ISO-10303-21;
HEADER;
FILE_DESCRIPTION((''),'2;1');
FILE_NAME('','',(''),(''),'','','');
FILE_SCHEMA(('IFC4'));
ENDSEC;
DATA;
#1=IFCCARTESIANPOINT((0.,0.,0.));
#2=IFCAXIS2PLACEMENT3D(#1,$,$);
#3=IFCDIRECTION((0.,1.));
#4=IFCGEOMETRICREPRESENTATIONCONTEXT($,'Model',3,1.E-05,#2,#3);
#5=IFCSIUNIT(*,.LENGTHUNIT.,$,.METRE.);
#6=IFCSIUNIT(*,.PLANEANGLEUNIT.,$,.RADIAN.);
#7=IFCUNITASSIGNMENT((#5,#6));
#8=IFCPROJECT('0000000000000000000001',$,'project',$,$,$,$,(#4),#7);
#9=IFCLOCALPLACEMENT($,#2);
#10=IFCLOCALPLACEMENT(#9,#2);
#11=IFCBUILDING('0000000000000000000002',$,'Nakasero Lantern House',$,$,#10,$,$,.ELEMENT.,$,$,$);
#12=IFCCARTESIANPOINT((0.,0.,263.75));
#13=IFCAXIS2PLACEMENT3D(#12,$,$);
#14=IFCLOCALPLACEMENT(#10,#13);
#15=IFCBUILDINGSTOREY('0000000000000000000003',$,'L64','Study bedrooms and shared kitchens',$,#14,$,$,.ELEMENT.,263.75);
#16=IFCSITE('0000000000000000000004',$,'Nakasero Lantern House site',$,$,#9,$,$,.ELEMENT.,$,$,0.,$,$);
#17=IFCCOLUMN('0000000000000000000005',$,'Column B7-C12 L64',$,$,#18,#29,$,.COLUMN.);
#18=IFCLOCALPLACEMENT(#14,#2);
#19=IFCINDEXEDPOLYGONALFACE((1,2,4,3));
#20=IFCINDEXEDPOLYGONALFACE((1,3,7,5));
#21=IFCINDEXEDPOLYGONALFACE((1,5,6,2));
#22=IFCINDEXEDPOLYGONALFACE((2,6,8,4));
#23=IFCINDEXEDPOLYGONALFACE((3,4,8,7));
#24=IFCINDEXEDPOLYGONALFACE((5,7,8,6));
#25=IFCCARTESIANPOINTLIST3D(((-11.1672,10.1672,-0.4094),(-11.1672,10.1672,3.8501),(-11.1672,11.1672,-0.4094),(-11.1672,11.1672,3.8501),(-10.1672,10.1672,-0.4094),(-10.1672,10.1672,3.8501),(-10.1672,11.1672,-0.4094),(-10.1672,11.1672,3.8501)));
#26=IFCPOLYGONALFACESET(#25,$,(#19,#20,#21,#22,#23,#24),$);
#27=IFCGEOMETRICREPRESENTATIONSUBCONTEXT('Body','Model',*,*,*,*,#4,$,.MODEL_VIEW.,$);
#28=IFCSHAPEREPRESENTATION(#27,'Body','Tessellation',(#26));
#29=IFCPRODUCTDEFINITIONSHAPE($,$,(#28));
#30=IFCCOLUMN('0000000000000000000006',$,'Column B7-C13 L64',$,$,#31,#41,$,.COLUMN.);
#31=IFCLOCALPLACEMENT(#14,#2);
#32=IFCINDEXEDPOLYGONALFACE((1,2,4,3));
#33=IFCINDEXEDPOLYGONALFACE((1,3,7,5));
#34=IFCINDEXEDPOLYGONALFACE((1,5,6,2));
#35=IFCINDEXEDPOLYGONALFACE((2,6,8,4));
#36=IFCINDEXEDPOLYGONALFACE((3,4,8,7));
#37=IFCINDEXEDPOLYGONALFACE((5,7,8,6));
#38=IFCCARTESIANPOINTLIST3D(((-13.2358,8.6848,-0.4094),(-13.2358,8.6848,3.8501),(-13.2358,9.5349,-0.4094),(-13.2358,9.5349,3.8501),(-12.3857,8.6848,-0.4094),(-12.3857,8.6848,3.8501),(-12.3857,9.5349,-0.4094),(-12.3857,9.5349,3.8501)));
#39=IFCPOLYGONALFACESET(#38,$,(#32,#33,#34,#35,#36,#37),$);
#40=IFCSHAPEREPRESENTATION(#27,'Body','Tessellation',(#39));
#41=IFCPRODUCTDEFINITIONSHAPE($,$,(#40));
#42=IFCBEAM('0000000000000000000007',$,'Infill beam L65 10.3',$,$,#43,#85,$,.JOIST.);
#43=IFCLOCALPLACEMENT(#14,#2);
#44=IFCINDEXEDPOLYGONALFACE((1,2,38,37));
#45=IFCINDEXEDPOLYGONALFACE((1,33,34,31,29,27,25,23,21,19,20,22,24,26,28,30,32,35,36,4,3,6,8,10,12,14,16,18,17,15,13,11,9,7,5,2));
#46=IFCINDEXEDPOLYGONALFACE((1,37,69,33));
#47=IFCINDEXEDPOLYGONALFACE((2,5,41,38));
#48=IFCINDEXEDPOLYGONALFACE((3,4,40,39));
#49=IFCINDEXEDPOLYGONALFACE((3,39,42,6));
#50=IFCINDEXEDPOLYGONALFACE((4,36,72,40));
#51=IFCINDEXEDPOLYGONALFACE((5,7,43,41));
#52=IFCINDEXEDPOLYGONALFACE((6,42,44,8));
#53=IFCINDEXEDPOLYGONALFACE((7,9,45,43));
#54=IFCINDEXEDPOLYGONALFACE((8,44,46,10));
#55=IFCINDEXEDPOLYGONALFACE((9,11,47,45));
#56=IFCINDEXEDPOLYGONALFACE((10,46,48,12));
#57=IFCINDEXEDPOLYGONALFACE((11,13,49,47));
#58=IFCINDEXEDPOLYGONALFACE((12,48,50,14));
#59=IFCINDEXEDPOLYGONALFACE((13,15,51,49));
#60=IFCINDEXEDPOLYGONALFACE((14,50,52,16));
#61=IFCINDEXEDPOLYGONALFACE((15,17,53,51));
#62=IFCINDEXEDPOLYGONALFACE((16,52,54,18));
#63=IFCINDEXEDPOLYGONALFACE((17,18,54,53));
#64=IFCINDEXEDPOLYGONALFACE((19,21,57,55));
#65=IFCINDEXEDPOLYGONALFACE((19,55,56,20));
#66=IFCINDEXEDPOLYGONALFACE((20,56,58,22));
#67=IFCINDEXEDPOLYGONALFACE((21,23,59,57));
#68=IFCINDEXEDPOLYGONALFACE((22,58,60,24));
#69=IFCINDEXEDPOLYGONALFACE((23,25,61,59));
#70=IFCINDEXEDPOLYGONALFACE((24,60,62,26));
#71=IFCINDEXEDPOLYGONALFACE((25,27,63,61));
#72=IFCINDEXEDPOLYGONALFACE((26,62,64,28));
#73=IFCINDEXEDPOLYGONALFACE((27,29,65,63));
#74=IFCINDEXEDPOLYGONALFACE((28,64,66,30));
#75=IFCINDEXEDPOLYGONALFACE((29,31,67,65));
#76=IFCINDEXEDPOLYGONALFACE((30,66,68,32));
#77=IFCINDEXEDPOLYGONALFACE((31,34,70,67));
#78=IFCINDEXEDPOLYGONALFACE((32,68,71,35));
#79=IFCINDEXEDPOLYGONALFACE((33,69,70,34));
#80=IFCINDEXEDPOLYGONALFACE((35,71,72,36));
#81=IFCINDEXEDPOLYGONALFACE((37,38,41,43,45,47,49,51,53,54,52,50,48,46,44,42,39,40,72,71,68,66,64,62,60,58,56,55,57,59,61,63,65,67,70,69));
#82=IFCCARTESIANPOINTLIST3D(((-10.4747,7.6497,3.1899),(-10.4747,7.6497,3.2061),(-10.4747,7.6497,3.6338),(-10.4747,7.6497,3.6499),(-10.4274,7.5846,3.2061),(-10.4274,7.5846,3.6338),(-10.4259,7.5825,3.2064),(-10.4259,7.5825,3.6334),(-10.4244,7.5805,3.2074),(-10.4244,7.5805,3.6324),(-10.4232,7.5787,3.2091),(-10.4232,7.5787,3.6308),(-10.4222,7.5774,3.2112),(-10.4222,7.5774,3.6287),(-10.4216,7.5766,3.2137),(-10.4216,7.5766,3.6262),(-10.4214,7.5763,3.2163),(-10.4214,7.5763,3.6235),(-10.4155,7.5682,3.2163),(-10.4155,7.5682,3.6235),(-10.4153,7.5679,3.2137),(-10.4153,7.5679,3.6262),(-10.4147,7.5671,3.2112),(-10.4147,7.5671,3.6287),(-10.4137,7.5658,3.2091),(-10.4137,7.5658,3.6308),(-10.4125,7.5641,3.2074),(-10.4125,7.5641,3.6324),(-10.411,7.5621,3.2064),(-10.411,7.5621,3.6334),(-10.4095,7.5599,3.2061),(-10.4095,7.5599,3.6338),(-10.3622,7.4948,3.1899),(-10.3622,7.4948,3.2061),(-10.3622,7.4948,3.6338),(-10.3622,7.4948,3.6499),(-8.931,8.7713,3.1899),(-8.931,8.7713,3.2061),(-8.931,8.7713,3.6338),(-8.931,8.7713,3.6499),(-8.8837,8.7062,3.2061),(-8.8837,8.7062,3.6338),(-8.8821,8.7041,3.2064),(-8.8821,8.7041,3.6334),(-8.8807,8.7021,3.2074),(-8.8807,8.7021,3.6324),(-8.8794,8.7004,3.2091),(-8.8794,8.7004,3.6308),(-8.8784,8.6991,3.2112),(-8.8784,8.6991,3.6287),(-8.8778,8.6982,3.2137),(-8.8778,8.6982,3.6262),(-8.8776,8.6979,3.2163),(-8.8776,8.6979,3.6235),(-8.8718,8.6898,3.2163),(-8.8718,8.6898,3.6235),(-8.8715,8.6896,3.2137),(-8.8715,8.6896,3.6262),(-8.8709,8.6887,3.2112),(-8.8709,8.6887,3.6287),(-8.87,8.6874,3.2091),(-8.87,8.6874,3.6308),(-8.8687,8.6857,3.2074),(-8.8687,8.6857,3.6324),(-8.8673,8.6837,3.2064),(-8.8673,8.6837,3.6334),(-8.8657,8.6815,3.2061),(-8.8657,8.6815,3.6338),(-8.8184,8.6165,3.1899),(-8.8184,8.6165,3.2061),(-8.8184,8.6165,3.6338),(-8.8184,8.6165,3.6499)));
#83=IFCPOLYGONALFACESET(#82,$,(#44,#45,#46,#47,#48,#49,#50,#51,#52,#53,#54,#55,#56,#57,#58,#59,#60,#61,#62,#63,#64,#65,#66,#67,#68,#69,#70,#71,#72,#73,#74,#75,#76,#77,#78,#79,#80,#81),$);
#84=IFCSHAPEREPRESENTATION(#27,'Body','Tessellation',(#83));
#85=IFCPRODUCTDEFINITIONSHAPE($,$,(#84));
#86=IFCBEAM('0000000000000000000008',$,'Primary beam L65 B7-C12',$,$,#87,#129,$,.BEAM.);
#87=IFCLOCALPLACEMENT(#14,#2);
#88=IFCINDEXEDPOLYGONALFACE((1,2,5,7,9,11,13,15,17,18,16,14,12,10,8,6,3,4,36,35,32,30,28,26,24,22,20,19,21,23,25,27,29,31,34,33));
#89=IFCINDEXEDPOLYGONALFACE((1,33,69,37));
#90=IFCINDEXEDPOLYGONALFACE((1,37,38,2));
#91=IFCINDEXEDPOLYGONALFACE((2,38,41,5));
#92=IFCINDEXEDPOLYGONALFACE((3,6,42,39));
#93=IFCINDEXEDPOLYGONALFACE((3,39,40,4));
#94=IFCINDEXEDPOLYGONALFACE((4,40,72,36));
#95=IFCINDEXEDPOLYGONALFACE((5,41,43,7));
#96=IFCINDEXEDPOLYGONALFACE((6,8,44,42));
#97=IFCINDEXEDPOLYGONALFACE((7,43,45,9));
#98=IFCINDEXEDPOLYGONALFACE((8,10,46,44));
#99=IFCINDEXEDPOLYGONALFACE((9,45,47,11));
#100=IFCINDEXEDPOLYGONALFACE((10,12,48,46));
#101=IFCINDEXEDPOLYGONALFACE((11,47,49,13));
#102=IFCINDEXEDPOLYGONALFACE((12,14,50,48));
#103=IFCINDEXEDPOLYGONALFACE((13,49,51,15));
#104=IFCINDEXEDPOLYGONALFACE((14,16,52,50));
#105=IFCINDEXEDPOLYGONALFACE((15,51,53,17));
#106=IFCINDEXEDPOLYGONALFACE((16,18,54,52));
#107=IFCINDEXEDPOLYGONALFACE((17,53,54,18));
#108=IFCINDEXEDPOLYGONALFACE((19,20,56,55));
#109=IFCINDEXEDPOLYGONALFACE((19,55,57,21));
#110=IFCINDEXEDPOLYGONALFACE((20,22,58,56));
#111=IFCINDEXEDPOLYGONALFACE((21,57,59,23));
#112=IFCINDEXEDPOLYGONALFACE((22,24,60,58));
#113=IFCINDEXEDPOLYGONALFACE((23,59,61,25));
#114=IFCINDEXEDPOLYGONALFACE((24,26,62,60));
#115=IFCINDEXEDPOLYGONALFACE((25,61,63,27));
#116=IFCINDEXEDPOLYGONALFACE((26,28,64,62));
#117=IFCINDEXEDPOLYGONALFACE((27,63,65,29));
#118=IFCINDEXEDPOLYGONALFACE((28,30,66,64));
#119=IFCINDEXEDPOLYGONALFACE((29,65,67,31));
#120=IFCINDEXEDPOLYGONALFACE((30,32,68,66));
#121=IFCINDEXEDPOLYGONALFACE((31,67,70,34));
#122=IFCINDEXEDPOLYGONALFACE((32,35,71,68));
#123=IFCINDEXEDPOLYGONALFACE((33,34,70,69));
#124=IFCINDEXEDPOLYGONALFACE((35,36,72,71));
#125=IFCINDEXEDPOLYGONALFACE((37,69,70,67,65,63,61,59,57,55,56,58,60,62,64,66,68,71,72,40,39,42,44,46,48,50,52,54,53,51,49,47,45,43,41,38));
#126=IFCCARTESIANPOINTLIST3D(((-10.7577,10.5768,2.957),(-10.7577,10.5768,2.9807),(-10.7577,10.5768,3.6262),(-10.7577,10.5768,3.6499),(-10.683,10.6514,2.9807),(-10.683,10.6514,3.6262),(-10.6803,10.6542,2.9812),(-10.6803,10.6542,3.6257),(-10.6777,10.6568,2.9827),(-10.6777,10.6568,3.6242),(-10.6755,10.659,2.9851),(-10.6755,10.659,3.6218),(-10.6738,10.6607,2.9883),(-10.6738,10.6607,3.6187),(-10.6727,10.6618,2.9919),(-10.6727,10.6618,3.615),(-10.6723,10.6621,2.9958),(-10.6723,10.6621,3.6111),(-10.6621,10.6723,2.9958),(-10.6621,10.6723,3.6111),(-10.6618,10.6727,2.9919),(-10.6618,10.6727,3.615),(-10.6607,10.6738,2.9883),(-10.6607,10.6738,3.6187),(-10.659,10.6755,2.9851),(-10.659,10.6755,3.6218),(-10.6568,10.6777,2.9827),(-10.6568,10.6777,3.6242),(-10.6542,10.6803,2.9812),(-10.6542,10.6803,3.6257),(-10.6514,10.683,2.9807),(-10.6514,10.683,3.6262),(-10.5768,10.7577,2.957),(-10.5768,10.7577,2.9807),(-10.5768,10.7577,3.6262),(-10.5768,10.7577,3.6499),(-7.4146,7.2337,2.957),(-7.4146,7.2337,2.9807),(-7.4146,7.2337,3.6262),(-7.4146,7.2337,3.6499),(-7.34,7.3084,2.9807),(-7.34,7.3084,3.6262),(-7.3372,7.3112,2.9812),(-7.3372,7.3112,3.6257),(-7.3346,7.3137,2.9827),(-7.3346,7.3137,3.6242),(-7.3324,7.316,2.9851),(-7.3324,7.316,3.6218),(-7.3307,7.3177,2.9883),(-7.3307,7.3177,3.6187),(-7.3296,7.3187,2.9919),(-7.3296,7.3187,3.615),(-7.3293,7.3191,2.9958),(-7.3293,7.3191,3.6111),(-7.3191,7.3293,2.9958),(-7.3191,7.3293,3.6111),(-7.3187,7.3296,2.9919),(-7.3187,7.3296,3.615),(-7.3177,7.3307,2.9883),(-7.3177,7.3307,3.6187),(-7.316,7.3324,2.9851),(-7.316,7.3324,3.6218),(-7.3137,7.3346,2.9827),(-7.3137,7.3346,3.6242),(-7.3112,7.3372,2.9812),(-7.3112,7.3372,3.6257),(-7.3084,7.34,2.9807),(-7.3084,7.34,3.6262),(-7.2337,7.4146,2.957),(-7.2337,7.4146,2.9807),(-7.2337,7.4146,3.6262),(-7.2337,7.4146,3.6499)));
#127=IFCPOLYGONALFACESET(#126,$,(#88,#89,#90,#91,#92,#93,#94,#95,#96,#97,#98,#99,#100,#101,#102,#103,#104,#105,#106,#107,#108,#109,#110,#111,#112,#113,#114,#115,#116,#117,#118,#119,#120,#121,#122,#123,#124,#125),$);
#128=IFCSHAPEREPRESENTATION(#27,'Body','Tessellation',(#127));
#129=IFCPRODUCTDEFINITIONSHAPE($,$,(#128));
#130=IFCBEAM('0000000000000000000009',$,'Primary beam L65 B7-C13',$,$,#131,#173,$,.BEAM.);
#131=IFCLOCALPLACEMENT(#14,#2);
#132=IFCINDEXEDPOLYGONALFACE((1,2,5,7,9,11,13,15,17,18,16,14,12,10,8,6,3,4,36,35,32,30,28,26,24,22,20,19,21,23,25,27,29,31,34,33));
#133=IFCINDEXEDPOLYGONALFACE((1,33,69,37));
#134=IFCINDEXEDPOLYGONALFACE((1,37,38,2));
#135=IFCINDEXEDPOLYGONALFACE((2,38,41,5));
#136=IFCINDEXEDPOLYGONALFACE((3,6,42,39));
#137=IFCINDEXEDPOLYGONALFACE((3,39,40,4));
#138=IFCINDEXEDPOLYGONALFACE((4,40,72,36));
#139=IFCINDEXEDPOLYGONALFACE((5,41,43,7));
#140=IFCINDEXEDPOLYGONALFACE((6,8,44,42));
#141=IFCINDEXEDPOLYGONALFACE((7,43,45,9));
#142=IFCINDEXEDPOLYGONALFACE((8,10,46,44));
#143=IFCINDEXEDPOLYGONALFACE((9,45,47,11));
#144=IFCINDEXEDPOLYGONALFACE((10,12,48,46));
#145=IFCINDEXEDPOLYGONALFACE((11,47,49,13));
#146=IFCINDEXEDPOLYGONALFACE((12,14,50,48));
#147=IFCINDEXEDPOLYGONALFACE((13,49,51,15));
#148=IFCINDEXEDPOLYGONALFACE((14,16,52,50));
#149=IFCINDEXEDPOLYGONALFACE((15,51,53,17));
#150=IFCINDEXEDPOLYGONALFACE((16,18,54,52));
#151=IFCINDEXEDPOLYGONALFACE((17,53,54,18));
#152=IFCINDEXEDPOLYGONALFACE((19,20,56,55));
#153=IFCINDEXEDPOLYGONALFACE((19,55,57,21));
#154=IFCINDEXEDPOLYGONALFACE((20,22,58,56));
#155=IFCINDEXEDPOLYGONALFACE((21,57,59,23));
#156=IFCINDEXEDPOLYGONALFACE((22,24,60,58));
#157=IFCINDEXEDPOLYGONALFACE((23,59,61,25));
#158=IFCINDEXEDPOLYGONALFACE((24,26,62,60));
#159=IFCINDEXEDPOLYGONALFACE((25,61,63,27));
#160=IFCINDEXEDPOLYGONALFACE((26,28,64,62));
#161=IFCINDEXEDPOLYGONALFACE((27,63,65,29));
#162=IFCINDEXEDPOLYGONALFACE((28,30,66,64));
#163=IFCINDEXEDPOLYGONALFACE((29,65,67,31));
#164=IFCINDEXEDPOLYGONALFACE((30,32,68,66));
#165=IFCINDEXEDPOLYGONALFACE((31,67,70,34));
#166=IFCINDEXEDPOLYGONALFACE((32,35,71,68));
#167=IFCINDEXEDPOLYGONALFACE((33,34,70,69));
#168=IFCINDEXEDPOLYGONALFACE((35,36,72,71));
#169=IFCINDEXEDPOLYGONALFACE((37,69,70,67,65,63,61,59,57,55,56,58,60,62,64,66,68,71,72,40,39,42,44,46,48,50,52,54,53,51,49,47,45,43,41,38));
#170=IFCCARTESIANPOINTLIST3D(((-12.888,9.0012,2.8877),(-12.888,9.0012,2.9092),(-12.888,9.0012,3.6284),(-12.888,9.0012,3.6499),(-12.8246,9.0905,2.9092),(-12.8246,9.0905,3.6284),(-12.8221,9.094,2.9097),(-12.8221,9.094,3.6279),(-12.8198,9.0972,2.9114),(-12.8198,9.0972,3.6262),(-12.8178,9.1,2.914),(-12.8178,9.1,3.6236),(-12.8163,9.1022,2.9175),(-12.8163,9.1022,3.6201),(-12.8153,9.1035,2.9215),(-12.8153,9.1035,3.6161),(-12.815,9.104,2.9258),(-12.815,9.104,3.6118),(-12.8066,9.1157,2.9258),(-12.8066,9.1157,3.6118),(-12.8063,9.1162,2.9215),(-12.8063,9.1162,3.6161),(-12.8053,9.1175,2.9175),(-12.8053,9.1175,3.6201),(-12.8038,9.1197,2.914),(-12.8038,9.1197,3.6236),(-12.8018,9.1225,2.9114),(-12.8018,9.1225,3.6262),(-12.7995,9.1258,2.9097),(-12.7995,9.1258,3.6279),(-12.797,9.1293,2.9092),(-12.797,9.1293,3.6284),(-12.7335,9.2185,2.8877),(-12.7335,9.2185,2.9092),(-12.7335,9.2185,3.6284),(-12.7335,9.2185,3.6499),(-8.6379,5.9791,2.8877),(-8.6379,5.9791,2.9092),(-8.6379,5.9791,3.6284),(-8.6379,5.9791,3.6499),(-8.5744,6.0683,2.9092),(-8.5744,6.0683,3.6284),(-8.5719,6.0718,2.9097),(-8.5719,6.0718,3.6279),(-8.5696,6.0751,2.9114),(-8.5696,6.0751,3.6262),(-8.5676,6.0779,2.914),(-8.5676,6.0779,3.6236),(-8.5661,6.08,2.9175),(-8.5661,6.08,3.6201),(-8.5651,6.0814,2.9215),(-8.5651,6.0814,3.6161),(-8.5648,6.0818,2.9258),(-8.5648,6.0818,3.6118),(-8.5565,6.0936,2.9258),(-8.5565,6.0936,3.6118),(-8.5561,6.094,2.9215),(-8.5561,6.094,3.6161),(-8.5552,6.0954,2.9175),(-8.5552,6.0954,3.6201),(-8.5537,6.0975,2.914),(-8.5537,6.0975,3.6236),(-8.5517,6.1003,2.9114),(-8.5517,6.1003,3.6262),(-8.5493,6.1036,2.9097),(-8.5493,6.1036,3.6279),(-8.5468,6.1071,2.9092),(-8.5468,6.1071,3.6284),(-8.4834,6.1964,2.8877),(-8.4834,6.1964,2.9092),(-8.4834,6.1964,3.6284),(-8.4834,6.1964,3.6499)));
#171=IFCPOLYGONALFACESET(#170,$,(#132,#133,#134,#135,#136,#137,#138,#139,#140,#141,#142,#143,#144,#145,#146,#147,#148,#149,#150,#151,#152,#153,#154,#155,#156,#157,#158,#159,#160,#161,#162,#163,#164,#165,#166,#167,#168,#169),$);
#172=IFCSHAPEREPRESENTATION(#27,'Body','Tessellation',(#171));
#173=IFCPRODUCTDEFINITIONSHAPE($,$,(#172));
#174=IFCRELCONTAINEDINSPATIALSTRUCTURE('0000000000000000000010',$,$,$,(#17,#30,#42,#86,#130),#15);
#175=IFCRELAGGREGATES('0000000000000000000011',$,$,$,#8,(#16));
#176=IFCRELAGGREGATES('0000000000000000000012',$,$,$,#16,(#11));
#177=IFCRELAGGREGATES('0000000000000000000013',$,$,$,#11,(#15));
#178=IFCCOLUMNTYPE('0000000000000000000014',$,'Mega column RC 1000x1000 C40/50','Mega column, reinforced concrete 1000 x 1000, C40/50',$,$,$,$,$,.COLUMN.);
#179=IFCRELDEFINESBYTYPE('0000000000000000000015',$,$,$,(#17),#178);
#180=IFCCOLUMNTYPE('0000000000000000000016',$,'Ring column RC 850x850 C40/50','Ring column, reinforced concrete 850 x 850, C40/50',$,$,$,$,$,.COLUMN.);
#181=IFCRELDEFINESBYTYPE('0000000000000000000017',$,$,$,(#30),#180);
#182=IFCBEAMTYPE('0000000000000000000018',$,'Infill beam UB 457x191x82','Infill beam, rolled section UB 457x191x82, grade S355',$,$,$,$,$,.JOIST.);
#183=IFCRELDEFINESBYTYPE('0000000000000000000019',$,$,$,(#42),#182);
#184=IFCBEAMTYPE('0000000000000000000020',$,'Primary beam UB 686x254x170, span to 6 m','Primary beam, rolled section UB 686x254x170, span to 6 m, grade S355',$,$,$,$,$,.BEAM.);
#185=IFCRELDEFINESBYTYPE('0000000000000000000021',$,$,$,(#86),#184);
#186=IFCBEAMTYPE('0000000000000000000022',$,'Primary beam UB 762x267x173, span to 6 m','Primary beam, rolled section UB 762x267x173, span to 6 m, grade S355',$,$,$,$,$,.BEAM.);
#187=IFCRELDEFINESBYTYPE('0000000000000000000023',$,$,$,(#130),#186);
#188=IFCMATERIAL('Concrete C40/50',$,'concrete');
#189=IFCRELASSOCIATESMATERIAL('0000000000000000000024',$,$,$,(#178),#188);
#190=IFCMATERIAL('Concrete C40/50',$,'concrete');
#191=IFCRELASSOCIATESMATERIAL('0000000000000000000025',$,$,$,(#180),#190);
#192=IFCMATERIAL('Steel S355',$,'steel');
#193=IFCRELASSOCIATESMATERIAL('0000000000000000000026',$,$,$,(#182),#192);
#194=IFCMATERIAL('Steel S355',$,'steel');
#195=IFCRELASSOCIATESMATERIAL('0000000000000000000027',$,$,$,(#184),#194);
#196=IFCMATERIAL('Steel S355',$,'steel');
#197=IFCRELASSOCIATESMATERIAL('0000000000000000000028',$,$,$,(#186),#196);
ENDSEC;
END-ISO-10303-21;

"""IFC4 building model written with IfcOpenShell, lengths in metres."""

from ifc_helpers import new_model, si_unit, direction, frame, origin, origin_2d, place, context, subcontext, project, spatial, rectangle, i_section, extrude, material, material_profile, profile_set, type_object, element, save


model = new_model("IFC4")

# Units and contexts
model_context = context("Model", 3, precision=1e-05, world=origin(), true_north=direction((0.0, 1.0)))
body_context = subcontext(model_context, "Body", "Model", "MODEL_VIEW")
ifc_project = project(units=[si_unit("LENGTHUNIT", "METRE"), si_unit("PLANEANGLEUNIT", "RADIAN")], contexts=[model_context])

# Site, building, storey
site_placement = place(None, origin())
site = spatial("IfcSite", under=ifc_project, at=site_placement, Name="Nakasero Lantern House site", CompositionType="ELEMENT", RefElevation=0.0)
building_placement = place(site_placement, origin())
building = spatial("IfcBuilding", under=site, at=building_placement, Name="Nakasero Lantern House", CompositionType="ELEMENT")
storey_placement = place(building_placement, frame((0.0, 0.0, 263.75)))
storey = spatial("IfcBuildingStorey", under=building, at=storey_placement, Name="L64", Description="Study bedrooms and shared kitchens", CompositionType="ELEMENT", Elevation=263.75)

# Columns
ifc_material_1 = material(Name="Concrete C40/50", Category="concrete")
ifc_material_profile_1 = material_profile(ifc_material_1, rectangle(XDim=1.0, YDim=1.0, at=origin_2d()), Name="RC 1000x1000")
ifc_profile_set_1 = profile_set([ifc_material_profile_1], Name="Concrete C40/50")
column_type_1 = type_object("IfcColumnType", Name="Mega column RC 1000x1000 C40/50", Description="Mega column, reinforced concrete 1000 x 1000, C40/50", PredefinedType="COLUMN", material=ifc_profile_set_1)
column_1_placement = place(storey_placement, frame((-10.6672, 10.6672, -0.4094), z_axis=(0.0, 0.0, 1.0), x_axis=(1.0, 0.0, 0.0)))
element("IfcColumn", 1, at=column_1_placement, inside=storey, type_object=column_type_1, Name="Column B7-C12 L64", PredefinedType="COLUMN", context=body_context, shape_type="SweptSolid", body=[
    extrude(rectangle(XDim=1.0, YDim=1.0, at=origin_2d()), origin(), (0.0, 0.0, 1.0), 4.2595),
])
ifc_material_2 = material(Name="Concrete C40/50", Category="concrete")
ifc_material_profile_2 = material_profile(ifc_material_2, rectangle(XDim=0.8501, YDim=0.8501, at=origin_2d()), Name="RC 850x850")
ifc_profile_set_2 = profile_set([ifc_material_profile_2], Name="Concrete C40/50")
column_type_2 = type_object("IfcColumnType", Name="Ring column RC 850x850 C40/50", Description="Ring column, reinforced concrete 850 x 850, C40/50", PredefinedType="COLUMN", material=ifc_profile_set_2)
column_2_placement = place(storey_placement, frame((-12.8108, 9.1099, -0.4094), z_axis=(0.0, 0.0, 1.0), x_axis=(1.0, 0.0, 0.0)))
element("IfcColumn", 2, at=column_2_placement, inside=storey, type_object=column_type_2, Name="Column B7-C13 L64", PredefinedType="COLUMN", context=body_context, shape_type="SweptSolid", body=[
    extrude(rectangle(XDim=0.8501, YDim=0.8501, at=origin_2d()), origin(), (0.0, 0.0, 1.0), 4.2595),
])

# Beams
ifc_material_3 = material(Name="Steel S355", Category="steel")
ifc_material_profile_3 = material_profile(ifc_material_3, i_section(OverallWidth=0.1914, OverallDepth=0.46, WebThickness=0.01, FlangeThickness=0.0161, FilletRadius=0.0103, at=origin_2d()), Name="UB 457x191x82")
ifc_profile_set_3 = profile_set([ifc_material_profile_3], Name="Steel S355")
beam_type_1 = type_object("IfcBeamType", Name="Infill beam UB 457x191x82", Description="Infill beam, rolled section UB 457x191x82, grade S355", PredefinedType="JOIST", material=ifc_profile_set_3)
beam_1_placement = place(storey_placement, frame((-10.4185, 7.5723, 3.4199), z_axis=(0.809013, 0.587791, 0.0), x_axis=(-0.587791, 0.809013, 0.0)))
element("IfcBeam", 3, at=beam_1_placement, inside=storey, type_object=beam_type_1, Name="Infill beam L65 10.3", PredefinedType="JOIST", context=body_context, shape_type="SweptSolid", body=[
    extrude(i_section(OverallWidth=0.1914, OverallDepth=0.46, WebThickness=0.01, FlangeThickness=0.0161, FilletRadius=0.0103, at=origin_2d()), origin(), (0.0, 0.0, 1.0), 1.9082),
])
ifc_material_4 = material(Name="Steel S355", Category="steel")
ifc_material_profile_4 = material_profile(ifc_material_4, i_section(OverallWidth=0.2559, OverallDepth=0.6929, WebThickness=0.0144, FlangeThickness=0.0237, FilletRadius=0.0151, at=origin_2d()), Name="UB 686x254x170")
ifc_profile_set_4 = profile_set([ifc_material_profile_4], Name="Steel S355")
beam_type_2 = type_object("IfcBeamType", Name="Primary beam UB 686x254x170, span to 6 m", Description="Primary beam, rolled section UB 686x254x170, span to 6 m, grade S355", PredefinedType="BEAM", material=ifc_profile_set_4)
beam_2_placement = place(storey_placement, frame((-10.6672, 10.6672, 3.3035), z_axis=(0.707107, -0.707107, 0.0), x_axis=(0.707107, 0.707107, 0.0)))
element("IfcBeam", 4, at=beam_2_placement, inside=storey, type_object=beam_type_2, Name="Primary beam L65 B7-C12", PredefinedType="BEAM", context=body_context, shape_type="SweptSolid", body=[
    extrude(i_section(OverallWidth=0.2559, OverallDepth=0.6929, WebThickness=0.0144, FlangeThickness=0.0237, FilletRadius=0.0151, at=origin_2d()), origin(), (0.0, 0.0, 1.0), 4.7278),
])
ifc_material_5 = material(Name="Steel S355", Category="steel")
ifc_material_profile_5 = material_profile(ifc_material_5, i_section(OverallWidth=0.2666, OverallDepth=0.7622, WebThickness=0.0144, FlangeThickness=0.0215, FilletRadius=0.0166, at=origin_2d()), Name="UB 762x267x173")
ifc_profile_set_5 = profile_set([ifc_material_profile_5], Name="Steel S355")
beam_type_3 = type_object("IfcBeamType", Name="Primary beam UB 762x267x173, span to 6 m", Description="Primary beam, rolled section UB 762x267x173, span to 6 m, grade S355", PredefinedType="BEAM", material=ifc_profile_set_5)
beam_3_placement = place(storey_placement, frame((-12.8108, 9.1099, 3.2688), z_axis=(0.814972, -0.579501, 0.0), x_axis=(0.579501, 0.814972, 0.0)))
element("IfcBeam", 5, at=beam_3_placement, inside=storey, type_object=beam_type_3, Name="Primary beam L65 B7-C13", PredefinedType="BEAM", context=body_context, shape_type="SweptSolid", body=[
    extrude(i_section(OverallWidth=0.2666, OverallDepth=0.7622, WebThickness=0.0144, FlangeThickness=0.0215, FilletRadius=0.0166, at=origin_2d()), origin(), (0.0, 0.0, 1.0), 5.2151),
])

save(model, "model.ifc")
